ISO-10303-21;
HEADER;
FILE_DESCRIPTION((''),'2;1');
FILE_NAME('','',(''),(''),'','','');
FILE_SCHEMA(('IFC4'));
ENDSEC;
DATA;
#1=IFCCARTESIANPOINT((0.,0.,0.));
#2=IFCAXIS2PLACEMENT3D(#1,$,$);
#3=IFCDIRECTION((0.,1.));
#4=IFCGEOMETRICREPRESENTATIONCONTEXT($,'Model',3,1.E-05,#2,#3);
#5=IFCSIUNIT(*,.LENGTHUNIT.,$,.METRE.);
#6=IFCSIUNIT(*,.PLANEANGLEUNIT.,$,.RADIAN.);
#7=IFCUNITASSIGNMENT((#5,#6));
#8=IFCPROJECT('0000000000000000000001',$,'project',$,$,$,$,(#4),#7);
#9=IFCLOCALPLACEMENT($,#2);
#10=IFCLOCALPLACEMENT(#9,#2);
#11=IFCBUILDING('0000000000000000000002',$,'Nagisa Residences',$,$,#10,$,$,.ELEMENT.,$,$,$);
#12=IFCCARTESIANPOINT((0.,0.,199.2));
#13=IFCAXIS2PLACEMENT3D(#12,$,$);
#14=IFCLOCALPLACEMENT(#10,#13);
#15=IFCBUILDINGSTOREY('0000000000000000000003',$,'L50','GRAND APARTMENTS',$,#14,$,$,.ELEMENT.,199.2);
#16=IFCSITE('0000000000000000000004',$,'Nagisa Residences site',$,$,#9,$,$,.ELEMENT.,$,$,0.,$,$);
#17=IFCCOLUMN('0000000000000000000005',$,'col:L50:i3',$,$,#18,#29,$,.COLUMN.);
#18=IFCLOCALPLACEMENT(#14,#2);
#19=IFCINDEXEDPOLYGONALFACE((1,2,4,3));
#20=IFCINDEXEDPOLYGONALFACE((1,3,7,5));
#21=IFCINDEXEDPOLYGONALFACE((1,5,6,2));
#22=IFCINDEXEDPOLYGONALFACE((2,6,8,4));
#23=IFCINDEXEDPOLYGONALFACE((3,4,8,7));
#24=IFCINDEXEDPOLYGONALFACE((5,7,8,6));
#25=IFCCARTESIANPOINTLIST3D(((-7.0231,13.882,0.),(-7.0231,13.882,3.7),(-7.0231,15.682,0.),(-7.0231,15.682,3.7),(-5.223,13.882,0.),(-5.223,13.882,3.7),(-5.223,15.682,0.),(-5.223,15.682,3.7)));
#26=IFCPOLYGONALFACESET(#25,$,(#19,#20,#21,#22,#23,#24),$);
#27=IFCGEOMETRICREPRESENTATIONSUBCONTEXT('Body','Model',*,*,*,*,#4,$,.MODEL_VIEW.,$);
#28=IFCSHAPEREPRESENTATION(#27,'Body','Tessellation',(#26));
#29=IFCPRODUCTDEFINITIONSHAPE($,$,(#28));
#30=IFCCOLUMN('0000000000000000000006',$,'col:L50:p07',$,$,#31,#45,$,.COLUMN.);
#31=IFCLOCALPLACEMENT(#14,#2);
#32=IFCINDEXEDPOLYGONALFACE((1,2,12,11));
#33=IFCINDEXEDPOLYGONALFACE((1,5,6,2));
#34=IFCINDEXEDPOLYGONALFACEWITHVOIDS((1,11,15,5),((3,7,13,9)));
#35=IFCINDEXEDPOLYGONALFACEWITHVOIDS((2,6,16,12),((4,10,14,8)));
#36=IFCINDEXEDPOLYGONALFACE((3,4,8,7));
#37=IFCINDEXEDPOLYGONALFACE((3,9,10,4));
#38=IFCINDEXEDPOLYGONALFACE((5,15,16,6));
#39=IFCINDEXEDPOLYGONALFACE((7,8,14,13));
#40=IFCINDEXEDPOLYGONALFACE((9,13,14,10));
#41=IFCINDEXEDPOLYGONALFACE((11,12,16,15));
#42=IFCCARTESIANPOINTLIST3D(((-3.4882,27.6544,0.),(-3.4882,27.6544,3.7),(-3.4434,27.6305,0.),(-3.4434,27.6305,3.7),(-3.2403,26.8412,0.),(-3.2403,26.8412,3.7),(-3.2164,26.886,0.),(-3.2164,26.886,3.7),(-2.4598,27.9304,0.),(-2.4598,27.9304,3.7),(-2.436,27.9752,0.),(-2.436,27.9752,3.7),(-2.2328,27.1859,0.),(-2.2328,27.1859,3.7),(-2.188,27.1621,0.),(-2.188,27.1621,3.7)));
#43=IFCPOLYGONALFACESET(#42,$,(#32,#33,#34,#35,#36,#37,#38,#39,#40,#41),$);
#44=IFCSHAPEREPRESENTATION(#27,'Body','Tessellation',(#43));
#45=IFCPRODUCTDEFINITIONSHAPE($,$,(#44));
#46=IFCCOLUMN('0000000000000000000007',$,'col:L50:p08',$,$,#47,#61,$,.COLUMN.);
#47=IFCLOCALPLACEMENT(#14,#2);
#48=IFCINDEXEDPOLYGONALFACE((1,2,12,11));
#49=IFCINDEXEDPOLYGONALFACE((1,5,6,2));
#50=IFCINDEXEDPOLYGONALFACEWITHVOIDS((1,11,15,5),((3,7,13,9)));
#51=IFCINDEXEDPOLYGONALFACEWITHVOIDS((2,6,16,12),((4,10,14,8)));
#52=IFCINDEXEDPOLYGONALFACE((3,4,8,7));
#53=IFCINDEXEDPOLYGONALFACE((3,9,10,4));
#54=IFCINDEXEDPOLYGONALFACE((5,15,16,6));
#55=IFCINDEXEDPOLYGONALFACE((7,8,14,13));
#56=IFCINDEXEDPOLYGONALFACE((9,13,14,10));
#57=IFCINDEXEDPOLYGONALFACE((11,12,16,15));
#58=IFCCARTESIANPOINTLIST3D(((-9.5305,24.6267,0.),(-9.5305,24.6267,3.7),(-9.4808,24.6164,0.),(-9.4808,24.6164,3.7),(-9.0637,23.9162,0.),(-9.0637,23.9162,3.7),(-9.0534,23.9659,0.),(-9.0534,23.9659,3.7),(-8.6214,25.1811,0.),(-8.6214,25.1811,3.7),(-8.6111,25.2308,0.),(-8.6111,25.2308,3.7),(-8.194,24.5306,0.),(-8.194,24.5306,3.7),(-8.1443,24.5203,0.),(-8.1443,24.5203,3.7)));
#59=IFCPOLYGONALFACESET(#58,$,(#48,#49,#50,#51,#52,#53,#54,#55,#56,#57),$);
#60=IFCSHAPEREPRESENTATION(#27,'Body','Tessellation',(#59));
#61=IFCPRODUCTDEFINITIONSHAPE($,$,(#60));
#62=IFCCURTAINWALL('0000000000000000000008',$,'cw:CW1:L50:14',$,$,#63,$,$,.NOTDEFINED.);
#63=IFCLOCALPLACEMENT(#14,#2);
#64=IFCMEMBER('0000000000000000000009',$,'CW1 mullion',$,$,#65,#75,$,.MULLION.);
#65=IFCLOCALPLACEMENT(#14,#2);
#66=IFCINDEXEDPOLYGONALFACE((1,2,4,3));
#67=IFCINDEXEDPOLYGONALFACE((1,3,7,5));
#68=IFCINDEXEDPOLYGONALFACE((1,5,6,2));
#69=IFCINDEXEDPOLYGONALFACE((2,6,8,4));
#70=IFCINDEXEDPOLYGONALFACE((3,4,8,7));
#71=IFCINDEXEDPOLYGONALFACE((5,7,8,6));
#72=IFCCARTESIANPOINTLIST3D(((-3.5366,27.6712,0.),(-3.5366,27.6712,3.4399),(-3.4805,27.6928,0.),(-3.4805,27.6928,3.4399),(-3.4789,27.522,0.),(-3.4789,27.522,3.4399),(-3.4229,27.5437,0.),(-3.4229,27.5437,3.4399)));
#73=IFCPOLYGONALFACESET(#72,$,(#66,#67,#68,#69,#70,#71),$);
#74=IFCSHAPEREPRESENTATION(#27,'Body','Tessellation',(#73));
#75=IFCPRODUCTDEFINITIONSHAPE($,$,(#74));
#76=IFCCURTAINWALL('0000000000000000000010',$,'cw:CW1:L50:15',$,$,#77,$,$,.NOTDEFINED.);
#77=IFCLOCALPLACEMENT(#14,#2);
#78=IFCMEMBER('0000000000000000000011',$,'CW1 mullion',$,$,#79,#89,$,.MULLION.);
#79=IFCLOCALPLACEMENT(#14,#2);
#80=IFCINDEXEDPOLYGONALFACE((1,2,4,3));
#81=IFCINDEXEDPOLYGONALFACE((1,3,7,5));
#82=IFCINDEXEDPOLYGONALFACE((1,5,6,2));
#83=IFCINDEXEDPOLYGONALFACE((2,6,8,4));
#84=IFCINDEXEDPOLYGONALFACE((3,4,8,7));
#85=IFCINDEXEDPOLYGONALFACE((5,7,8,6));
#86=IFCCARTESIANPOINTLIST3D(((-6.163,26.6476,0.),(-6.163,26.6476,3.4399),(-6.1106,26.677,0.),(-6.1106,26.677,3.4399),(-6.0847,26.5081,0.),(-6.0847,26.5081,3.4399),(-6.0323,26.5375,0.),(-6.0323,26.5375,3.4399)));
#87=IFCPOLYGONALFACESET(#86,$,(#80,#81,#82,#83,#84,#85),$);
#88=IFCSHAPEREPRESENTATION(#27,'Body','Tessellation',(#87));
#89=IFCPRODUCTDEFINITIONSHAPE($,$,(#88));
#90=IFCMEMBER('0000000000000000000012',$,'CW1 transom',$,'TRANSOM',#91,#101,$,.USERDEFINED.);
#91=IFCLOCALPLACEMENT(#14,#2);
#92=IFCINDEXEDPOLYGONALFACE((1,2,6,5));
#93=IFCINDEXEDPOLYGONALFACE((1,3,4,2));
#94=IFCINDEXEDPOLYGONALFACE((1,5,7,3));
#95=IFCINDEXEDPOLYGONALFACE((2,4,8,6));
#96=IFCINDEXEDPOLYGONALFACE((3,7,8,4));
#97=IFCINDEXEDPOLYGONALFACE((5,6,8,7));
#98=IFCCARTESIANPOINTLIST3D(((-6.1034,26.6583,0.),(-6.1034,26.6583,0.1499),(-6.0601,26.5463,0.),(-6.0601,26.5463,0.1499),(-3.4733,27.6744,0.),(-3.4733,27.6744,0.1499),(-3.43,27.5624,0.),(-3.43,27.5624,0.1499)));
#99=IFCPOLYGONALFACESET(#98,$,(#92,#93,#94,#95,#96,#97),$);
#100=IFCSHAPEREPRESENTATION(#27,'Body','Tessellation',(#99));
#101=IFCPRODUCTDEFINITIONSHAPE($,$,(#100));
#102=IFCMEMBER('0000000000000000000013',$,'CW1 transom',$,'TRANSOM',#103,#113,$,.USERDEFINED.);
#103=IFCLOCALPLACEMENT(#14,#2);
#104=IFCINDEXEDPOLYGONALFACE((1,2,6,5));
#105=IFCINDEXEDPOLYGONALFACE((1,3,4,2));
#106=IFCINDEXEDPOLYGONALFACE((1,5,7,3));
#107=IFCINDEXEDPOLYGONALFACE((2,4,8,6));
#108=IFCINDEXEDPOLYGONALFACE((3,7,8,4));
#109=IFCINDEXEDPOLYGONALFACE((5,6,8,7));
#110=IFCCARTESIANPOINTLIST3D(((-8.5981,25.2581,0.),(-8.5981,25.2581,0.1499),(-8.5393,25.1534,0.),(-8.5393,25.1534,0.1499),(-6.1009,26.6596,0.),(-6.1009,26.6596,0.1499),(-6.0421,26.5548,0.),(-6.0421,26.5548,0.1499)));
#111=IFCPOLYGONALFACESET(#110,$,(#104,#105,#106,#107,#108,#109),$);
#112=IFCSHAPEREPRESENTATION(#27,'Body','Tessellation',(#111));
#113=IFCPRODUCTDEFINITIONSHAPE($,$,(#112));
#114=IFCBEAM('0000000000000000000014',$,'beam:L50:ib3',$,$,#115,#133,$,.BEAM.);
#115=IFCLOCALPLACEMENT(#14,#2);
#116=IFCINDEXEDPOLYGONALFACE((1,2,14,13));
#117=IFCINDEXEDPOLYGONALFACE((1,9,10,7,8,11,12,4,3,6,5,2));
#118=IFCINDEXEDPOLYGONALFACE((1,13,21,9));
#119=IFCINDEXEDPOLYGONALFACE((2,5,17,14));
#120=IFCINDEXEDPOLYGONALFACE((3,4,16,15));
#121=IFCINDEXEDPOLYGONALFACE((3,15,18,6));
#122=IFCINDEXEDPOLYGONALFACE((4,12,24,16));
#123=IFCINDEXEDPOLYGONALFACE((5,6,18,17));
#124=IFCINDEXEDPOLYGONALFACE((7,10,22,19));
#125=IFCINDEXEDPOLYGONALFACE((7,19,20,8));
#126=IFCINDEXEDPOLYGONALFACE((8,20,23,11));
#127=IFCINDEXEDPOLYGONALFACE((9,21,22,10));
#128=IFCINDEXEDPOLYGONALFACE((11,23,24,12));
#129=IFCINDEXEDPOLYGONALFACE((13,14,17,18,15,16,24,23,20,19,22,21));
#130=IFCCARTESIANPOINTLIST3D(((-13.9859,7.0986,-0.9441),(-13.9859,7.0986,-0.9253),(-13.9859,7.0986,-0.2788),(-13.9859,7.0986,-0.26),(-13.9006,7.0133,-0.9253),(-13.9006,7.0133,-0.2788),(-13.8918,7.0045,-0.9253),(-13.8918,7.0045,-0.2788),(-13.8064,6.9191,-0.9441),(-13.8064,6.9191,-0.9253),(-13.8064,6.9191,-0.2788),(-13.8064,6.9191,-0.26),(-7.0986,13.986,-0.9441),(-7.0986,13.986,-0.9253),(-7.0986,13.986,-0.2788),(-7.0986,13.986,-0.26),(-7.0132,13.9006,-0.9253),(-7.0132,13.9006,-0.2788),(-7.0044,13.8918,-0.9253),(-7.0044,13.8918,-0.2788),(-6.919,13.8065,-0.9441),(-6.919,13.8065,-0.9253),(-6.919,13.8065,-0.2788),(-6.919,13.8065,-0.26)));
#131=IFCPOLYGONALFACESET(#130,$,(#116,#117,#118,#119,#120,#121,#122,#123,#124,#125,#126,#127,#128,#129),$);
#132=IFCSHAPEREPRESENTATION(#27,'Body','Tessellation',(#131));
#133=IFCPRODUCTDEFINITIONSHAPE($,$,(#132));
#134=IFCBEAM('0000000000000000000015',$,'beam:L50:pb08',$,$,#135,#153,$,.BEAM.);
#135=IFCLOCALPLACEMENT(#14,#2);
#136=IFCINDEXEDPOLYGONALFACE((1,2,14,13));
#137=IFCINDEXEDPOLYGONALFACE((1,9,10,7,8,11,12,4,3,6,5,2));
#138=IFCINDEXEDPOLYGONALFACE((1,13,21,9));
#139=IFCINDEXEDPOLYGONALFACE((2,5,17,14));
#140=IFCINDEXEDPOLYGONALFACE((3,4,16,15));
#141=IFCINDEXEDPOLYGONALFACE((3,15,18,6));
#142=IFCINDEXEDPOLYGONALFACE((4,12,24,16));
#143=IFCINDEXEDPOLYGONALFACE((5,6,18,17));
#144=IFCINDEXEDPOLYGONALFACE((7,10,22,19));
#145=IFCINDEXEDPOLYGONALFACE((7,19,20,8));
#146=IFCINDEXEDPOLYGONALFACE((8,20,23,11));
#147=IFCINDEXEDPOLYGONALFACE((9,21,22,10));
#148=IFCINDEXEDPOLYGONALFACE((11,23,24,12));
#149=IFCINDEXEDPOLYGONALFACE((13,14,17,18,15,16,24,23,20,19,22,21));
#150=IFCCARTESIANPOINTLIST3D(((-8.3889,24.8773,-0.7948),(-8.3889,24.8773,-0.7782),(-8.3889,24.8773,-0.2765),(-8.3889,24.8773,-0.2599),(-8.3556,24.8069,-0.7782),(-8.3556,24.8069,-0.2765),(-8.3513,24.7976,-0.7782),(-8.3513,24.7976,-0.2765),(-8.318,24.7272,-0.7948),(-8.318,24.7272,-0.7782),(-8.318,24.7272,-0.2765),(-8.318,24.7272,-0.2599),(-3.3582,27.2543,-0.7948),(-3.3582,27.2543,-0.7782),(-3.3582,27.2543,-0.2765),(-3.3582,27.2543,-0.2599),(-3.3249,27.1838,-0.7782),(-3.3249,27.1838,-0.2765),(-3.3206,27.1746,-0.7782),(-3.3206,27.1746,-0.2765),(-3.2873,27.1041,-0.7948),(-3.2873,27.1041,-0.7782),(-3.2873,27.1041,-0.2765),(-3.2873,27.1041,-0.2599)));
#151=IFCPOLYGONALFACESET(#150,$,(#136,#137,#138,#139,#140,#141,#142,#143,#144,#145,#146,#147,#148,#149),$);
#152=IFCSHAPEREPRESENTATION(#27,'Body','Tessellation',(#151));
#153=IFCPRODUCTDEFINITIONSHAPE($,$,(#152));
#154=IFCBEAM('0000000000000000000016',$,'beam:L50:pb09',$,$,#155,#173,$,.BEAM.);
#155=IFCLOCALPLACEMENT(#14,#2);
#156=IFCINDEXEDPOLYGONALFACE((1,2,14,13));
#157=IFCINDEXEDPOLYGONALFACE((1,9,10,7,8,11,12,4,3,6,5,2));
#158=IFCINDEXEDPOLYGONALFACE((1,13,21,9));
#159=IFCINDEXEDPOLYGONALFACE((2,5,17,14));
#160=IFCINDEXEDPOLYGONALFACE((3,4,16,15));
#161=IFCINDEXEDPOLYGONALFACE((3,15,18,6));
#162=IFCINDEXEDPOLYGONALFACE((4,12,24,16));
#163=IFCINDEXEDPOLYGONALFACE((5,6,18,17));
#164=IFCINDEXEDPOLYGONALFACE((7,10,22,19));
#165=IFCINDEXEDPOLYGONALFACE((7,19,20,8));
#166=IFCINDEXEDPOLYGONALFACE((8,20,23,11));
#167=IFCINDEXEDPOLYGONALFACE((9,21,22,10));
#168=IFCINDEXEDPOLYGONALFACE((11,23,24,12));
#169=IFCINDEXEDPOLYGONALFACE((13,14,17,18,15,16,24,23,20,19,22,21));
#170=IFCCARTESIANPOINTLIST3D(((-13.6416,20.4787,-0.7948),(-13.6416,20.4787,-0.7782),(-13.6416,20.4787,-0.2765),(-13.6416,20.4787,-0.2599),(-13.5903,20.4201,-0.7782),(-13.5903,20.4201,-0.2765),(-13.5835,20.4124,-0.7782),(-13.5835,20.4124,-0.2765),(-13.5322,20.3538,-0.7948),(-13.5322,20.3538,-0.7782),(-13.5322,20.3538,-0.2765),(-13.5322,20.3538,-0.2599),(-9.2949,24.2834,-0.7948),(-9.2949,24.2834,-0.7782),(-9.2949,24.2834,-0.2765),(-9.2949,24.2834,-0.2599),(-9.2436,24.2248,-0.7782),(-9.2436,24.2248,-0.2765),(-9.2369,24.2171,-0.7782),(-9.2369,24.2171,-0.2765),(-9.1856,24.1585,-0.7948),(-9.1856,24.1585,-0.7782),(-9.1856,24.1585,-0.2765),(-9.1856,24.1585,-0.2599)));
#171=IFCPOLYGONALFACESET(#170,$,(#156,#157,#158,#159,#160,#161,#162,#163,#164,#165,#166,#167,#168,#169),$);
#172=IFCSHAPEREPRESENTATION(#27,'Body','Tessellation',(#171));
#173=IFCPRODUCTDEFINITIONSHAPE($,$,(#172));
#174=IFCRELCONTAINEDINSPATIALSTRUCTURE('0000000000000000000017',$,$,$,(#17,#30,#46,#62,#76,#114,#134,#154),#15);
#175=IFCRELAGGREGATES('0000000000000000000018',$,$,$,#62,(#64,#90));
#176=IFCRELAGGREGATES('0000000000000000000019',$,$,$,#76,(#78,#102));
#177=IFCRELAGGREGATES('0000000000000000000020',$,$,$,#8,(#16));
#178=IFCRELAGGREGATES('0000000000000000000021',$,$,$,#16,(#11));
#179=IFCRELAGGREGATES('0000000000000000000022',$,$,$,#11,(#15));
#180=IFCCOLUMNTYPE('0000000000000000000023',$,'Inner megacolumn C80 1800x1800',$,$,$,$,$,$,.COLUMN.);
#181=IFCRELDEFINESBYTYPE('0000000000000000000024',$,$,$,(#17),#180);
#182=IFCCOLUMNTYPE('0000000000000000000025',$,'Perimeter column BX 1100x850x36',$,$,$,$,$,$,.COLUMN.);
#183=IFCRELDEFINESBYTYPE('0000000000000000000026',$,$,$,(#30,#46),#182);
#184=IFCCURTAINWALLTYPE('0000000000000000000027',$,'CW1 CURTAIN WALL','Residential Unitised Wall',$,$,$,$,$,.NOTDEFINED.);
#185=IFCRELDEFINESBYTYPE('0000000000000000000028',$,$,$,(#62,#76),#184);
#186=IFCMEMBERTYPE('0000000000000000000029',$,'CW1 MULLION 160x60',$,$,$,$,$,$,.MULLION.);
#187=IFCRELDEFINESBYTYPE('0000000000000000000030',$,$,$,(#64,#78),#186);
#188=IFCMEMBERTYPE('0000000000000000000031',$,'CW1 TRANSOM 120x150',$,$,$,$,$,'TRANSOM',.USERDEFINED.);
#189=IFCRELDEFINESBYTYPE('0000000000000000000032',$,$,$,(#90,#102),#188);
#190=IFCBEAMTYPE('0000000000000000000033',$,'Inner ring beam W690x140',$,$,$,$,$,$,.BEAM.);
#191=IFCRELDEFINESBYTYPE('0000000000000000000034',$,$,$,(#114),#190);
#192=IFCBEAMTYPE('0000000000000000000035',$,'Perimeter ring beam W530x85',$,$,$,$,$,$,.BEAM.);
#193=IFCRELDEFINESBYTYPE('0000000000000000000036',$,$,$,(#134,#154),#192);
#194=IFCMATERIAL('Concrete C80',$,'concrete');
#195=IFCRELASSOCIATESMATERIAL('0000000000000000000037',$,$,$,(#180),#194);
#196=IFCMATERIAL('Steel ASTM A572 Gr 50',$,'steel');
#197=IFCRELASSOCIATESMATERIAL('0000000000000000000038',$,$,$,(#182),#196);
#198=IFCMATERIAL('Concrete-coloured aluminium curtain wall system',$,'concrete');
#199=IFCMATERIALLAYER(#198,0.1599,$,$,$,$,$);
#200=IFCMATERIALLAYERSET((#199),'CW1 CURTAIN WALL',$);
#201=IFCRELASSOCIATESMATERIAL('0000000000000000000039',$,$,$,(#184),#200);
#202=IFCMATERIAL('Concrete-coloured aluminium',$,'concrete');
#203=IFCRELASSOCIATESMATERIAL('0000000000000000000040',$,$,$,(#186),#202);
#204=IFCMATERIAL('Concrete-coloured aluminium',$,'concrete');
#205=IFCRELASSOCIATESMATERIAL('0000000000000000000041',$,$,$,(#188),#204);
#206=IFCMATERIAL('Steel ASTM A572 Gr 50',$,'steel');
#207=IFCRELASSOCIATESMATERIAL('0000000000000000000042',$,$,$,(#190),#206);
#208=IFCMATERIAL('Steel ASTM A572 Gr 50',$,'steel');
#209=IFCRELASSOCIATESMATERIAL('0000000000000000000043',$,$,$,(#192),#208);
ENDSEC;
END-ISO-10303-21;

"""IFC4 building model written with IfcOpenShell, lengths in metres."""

from ifc_helpers import new_model, si_unit, direction, frame, origin, origin_2d, place, context, subcontext, project, spatial, rectangle, hollow_rectangle, i_section, extrude, material, layer, layer_set, material_profile, profile_set, type_object, element, aggregate, save


model = new_model("IFC4")

# Units and contexts
model_context = context("Model", 3, precision=1e-05, world=origin(), true_north=direction((0.0, 1.0)))
body_context = subcontext(model_context, "Body", "Model", "MODEL_VIEW")
ifc_project = project(units=[si_unit("LENGTHUNIT", "METRE"), si_unit("PLANEANGLEUNIT", "RADIAN")], contexts=[model_context])

# Site, building, storey
site_placement = place(None, origin())
site = spatial("IfcSite", under=ifc_project, at=site_placement, Name="Nagisa Residences site", CompositionType="ELEMENT", RefElevation=0.0)
building_placement = place(site_placement, origin())
building = spatial("IfcBuilding", under=site, at=building_placement, Name="Nagisa Residences", CompositionType="ELEMENT")
storey_placement = place(building_placement, frame((0.0, 0.0, 199.2)))
storey = spatial("IfcBuildingStorey", under=building, at=storey_placement, Name="L50", Description="GRAND APARTMENTS", CompositionType="ELEMENT", Elevation=199.2)

# Columns
ifc_material_1 = material(Name="Concrete C80", Category="concrete")
ifc_material_profile_1 = material_profile(ifc_material_1, rectangle(XDim=1.8, YDim=1.8, at=origin_2d()), Name="C80 1800x1800")
ifc_profile_set_1 = profile_set([ifc_material_profile_1], Name="Concrete C80")
column_type_1 = type_object("IfcColumnType", Name="Inner megacolumn C80 1800x1800", PredefinedType="COLUMN", material=ifc_profile_set_1)
column_placement = place(storey_placement, frame((-6.123, 14.782, 0.0), z_axis=(0.0, 0.0, 1.0), x_axis=(1.0, 0.0, 0.0)))
element("IfcColumn", 1, at=column_placement, inside=storey, type_object=column_type_1, Name="col:L50:i3", PredefinedType="COLUMN", context=body_context, shape_type="SweptSolid", body=[
    extrude(rectangle(XDim=1.8, YDim=1.8, at=origin_2d()), origin(), (0.0, 0.0, 1.0), 3.7),
])
ifc_material_2 = material(Name="Steel ASTM A572 Gr 50", Category="steel")
ifc_material_profile_2 = material_profile(ifc_material_2, hollow_rectangle(XDim=1.1001, YDim=0.8501, WallThickness=0.0359, at=origin_2d()), Name="BX 1100x850x36")
ifc_profile_set_2 = profile_set([ifc_material_profile_2], Name="Steel ASTM A572 Gr 50")
column_type_2 = type_object("IfcColumnType", Name="Perimeter column BX 1100x850x36", PredefinedType="COLUMN", material=ifc_profile_set_2)
for number, where, z_axis, x_axis, name in (
    (2, (-2.8381, 27.4082, 0.0), (0.0, 0.0, 1.0), (-0.956525, -0.291652, 0.0), "col:L50:p07"),
    (3, (-8.8374, 24.5735, 0.0), (0.0, 0.0, 1.0), (-0.835766, -0.549086, 0.0), "col:L50:p08"),
):
    element("IfcColumn", number, at=place(storey_placement, frame(where, z_axis=z_axis, x_axis=x_axis)), inside=storey, type_object=column_type_2, Name=name, PredefinedType="COLUMN", context=body_context, shape_type="SweptSolid", body=[
        extrude(hollow_rectangle(XDim=1.1001, YDim=0.8501, WallThickness=0.0359, at=origin_2d()), origin(), (0.0, 0.0, 1.0), 3.7),
    ])

# Curtain walls, members
ifc_material_3 = material(Name="Concrete-coloured aluminium curtain wall system", Category="concrete")
ifc_layer_1 = layer(ifc_material_3, 0.1599)
ifc_layer_set_1 = layer_set([ifc_layer_1], Name="CW1 CURTAIN WALL")
curtain_wall_type = type_object("IfcCurtainWallType", Name="CW1 CURTAIN WALL", Description="Residential Unitised Wall", PredefinedType="NOTDEFINED", material=ifc_layer_set_1)
curtain_wall_1_placement = place(storey_placement, origin())
curtain_wall_1 = element("IfcCurtainWall", 4, at=curtain_wall_1_placement, inside=storey, type_object=curtain_wall_type, Name="cw:CW1:L50:14", PredefinedType="NOTDEFINED")
ifc_material_4 = material(Name="Concrete-coloured aluminium", Category="concrete")
ifc_material_profile_3 = material_profile(ifc_material_4, rectangle(XDim=0.1599, YDim=0.0601, at=origin_2d()), Name="CW1 MULLION 160x60")
ifc_profile_set_3 = profile_set([ifc_material_profile_3], Name="Concrete-coloured aluminium")
member_type_1 = type_object("IfcMemberType", Name="CW1 MULLION 160x60", PredefinedType="MULLION", material=ifc_profile_set_3)
member_1_placement = place(storey_placement, frame((-3.4797, 27.6074, 0.0), z_axis=(0.0, 0.0, 1.0), x_axis=(0.360328, -0.932826, 0.0)))
member_1 = element("IfcMember", 5, at=member_1_placement, type_object=member_type_1, Name="CW1 mullion", PredefinedType="MULLION", context=body_context, shape_type="SweptSolid", body=[
    extrude(rectangle(XDim=0.1599, YDim=0.0601, at=origin_2d()), origin(), (0.0, 0.0, 1.0), 3.4399),
])
curtain_wall_2_placement = place(storey_placement, origin())
curtain_wall_2 = element("IfcCurtainWall", 6, at=curtain_wall_2_placement, inside=storey, type_object=curtain_wall_type, Name="cw:CW1:L50:15", PredefinedType="NOTDEFINED")
member_2_placement = place(storey_placement, frame((-6.0977, 26.5925, 0.0), z_axis=(0.0, 0.0, 1.0), x_axis=(0.489377, -0.872072, 0.0)))
member_2 = element("IfcMember", 7, at=member_2_placement, type_object=member_type_1, Name="CW1 mullion", PredefinedType="MULLION", context=body_context, shape_type="SweptSolid", body=[
    extrude(rectangle(XDim=0.1599, YDim=0.0601, at=origin_2d()), origin(), (0.0, 0.0, 1.0), 3.4399),
])

# Members
ifc_material_5 = material(Name="Concrete-coloured aluminium", Category="concrete")
ifc_material_profile_4 = material_profile(ifc_material_5, rectangle(XDim=0.1201, YDim=0.1499, at=origin_2d()), Name="CW1 TRANSOM 120x150")
ifc_profile_set_4 = profile_set([ifc_material_profile_4], Name="Concrete-coloured aluminium")
member_type_2 = type_object("IfcMemberType", Name="CW1 TRANSOM 120x150", ElementType="TRANSOM", PredefinedType="USERDEFINED", material=ifc_profile_set_4)
member_3_placement = place(storey_placement, frame((-3.4517, 27.6184, 0.075), z_axis=(-0.932807, -0.360377, 0.0), x_axis=(0.360377, -0.932807, 0.0)))
member_3 = element("IfcMember", 8, at=member_3_placement, type_object=member_type_2, Name="CW1 transom", ObjectType="TRANSOM", PredefinedType="USERDEFINED", context=body_context, shape_type="SweptSolid", body=[
    extrude(rectangle(XDim=0.1201, YDim=0.1499, at=origin_2d()), origin(), (0.0, 0.0, 1.0), 2.8196),
])
member_4_placement = place(storey_placement, frame((-6.0715, 26.6072, 0.075), z_axis=(-0.872058, -0.489403, 0.0), x_axis=(0.489403, -0.872058, 0.0)))
member_4 = element("IfcMember", 9, at=member_4_placement, type_object=member_type_2, Name="CW1 transom", ObjectType="TRANSOM", PredefinedType="USERDEFINED", context=body_context, shape_type="SweptSolid", body=[
    extrude(rectangle(XDim=0.1201, YDim=0.1499, at=origin_2d()), origin(), (0.0, 0.0, 1.0), 2.8635),
])

# Beams
ifc_material_6 = material(Name="Steel ASTM A572 Gr 50", Category="steel")
ifc_material_profile_5 = material_profile(ifc_material_6, i_section(OverallWidth=0.2539, OverallDepth=0.6841, WebThickness=0.0125, FlangeThickness=0.0188, at=origin_2d()), Name="W690x140")
ifc_profile_set_5 = profile_set([ifc_material_profile_5], Name="Steel ASTM A572 Gr 50")
beam_type_1 = type_object("IfcBeamType", Name="Inner ring beam W690x140", PredefinedType="BEAM", material=ifc_profile_set_5)
beam_1_placement = place(storey_placement, frame((-7.0088, 13.8962, -0.6021), z_axis=(-0.707107, -0.707107, 0.0), x_axis=(0.707107, -0.707107, 0.0)))
element("IfcBeam", 10, at=beam_1_placement, inside=storey, type_object=beam_type_1, Name="beam:L50:ib3", PredefinedType="BEAM", context=body_context, shape_type="SweptSolid", body=[
    extrude(i_section(OverallWidth=0.2539, OverallDepth=0.6841, WebThickness=0.0125, FlangeThickness=0.0188, at=origin_2d()), origin(), (0.0, 0.0, 1.0), 9.7402),
])
ifc_material_7 = material(Name="Steel ASTM A572 Gr 50", Category="steel")
ifc_material_profile_6 = material_profile(ifc_material_7, i_section(OverallWidth=0.166, OverallDepth=0.5349, WebThickness=0.0103, FlangeThickness=0.0166, at=origin_2d()), Name="W530x85")
ifc_profile_set_6 = profile_set([ifc_material_profile_6], Name="Steel ASTM A572 Gr 50")
beam_type_2 = type_object("IfcBeamType", Name="Perimeter ring beam W530x85", PredefinedType="BEAM", material=ifc_profile_set_6)
beam_2_placement = place(storey_placement, frame((-3.3228, 27.1792, -0.5273), z_axis=(-0.904157, -0.4272, 0.0), x_axis=(0.4272, -0.904157, 0.0)))
element("IfcBeam", 11, at=beam_2_placement, inside=storey, type_object=beam_type_2, Name="beam:L50:pb08", PredefinedType="BEAM", context=body_context, shape_type="SweptSolid", body=[
    extrude(i_section(OverallWidth=0.166, OverallDepth=0.5349, WebThickness=0.0103, FlangeThickness=0.0166, at=origin_2d()), origin(), (0.0, 0.0, 1.0), 5.564),
])
beam_3_placement = place(storey_placement, frame((-9.2402, 24.2209, -0.5273), z_axis=(-0.752461, -0.658636, 0.0), x_axis=(0.658636, -0.752461, 0.0)))
element("IfcBeam", 12, at=beam_3_placement, inside=storey, type_object=beam_type_2, Name="beam:L50:pb09", PredefinedType="BEAM", context=body_context, shape_type="SweptSolid", body=[
    extrude(i_section(OverallWidth=0.166, OverallDepth=0.5349, WebThickness=0.0103, FlangeThickness=0.0166, at=origin_2d()), origin(), (0.0, 0.0, 1.0), 5.7766),
])

aggregate(curtain_wall_1, [member_1, member_3])
aggregate(curtain_wall_2, [member_2, member_4])

save(model, "model.ifc")
